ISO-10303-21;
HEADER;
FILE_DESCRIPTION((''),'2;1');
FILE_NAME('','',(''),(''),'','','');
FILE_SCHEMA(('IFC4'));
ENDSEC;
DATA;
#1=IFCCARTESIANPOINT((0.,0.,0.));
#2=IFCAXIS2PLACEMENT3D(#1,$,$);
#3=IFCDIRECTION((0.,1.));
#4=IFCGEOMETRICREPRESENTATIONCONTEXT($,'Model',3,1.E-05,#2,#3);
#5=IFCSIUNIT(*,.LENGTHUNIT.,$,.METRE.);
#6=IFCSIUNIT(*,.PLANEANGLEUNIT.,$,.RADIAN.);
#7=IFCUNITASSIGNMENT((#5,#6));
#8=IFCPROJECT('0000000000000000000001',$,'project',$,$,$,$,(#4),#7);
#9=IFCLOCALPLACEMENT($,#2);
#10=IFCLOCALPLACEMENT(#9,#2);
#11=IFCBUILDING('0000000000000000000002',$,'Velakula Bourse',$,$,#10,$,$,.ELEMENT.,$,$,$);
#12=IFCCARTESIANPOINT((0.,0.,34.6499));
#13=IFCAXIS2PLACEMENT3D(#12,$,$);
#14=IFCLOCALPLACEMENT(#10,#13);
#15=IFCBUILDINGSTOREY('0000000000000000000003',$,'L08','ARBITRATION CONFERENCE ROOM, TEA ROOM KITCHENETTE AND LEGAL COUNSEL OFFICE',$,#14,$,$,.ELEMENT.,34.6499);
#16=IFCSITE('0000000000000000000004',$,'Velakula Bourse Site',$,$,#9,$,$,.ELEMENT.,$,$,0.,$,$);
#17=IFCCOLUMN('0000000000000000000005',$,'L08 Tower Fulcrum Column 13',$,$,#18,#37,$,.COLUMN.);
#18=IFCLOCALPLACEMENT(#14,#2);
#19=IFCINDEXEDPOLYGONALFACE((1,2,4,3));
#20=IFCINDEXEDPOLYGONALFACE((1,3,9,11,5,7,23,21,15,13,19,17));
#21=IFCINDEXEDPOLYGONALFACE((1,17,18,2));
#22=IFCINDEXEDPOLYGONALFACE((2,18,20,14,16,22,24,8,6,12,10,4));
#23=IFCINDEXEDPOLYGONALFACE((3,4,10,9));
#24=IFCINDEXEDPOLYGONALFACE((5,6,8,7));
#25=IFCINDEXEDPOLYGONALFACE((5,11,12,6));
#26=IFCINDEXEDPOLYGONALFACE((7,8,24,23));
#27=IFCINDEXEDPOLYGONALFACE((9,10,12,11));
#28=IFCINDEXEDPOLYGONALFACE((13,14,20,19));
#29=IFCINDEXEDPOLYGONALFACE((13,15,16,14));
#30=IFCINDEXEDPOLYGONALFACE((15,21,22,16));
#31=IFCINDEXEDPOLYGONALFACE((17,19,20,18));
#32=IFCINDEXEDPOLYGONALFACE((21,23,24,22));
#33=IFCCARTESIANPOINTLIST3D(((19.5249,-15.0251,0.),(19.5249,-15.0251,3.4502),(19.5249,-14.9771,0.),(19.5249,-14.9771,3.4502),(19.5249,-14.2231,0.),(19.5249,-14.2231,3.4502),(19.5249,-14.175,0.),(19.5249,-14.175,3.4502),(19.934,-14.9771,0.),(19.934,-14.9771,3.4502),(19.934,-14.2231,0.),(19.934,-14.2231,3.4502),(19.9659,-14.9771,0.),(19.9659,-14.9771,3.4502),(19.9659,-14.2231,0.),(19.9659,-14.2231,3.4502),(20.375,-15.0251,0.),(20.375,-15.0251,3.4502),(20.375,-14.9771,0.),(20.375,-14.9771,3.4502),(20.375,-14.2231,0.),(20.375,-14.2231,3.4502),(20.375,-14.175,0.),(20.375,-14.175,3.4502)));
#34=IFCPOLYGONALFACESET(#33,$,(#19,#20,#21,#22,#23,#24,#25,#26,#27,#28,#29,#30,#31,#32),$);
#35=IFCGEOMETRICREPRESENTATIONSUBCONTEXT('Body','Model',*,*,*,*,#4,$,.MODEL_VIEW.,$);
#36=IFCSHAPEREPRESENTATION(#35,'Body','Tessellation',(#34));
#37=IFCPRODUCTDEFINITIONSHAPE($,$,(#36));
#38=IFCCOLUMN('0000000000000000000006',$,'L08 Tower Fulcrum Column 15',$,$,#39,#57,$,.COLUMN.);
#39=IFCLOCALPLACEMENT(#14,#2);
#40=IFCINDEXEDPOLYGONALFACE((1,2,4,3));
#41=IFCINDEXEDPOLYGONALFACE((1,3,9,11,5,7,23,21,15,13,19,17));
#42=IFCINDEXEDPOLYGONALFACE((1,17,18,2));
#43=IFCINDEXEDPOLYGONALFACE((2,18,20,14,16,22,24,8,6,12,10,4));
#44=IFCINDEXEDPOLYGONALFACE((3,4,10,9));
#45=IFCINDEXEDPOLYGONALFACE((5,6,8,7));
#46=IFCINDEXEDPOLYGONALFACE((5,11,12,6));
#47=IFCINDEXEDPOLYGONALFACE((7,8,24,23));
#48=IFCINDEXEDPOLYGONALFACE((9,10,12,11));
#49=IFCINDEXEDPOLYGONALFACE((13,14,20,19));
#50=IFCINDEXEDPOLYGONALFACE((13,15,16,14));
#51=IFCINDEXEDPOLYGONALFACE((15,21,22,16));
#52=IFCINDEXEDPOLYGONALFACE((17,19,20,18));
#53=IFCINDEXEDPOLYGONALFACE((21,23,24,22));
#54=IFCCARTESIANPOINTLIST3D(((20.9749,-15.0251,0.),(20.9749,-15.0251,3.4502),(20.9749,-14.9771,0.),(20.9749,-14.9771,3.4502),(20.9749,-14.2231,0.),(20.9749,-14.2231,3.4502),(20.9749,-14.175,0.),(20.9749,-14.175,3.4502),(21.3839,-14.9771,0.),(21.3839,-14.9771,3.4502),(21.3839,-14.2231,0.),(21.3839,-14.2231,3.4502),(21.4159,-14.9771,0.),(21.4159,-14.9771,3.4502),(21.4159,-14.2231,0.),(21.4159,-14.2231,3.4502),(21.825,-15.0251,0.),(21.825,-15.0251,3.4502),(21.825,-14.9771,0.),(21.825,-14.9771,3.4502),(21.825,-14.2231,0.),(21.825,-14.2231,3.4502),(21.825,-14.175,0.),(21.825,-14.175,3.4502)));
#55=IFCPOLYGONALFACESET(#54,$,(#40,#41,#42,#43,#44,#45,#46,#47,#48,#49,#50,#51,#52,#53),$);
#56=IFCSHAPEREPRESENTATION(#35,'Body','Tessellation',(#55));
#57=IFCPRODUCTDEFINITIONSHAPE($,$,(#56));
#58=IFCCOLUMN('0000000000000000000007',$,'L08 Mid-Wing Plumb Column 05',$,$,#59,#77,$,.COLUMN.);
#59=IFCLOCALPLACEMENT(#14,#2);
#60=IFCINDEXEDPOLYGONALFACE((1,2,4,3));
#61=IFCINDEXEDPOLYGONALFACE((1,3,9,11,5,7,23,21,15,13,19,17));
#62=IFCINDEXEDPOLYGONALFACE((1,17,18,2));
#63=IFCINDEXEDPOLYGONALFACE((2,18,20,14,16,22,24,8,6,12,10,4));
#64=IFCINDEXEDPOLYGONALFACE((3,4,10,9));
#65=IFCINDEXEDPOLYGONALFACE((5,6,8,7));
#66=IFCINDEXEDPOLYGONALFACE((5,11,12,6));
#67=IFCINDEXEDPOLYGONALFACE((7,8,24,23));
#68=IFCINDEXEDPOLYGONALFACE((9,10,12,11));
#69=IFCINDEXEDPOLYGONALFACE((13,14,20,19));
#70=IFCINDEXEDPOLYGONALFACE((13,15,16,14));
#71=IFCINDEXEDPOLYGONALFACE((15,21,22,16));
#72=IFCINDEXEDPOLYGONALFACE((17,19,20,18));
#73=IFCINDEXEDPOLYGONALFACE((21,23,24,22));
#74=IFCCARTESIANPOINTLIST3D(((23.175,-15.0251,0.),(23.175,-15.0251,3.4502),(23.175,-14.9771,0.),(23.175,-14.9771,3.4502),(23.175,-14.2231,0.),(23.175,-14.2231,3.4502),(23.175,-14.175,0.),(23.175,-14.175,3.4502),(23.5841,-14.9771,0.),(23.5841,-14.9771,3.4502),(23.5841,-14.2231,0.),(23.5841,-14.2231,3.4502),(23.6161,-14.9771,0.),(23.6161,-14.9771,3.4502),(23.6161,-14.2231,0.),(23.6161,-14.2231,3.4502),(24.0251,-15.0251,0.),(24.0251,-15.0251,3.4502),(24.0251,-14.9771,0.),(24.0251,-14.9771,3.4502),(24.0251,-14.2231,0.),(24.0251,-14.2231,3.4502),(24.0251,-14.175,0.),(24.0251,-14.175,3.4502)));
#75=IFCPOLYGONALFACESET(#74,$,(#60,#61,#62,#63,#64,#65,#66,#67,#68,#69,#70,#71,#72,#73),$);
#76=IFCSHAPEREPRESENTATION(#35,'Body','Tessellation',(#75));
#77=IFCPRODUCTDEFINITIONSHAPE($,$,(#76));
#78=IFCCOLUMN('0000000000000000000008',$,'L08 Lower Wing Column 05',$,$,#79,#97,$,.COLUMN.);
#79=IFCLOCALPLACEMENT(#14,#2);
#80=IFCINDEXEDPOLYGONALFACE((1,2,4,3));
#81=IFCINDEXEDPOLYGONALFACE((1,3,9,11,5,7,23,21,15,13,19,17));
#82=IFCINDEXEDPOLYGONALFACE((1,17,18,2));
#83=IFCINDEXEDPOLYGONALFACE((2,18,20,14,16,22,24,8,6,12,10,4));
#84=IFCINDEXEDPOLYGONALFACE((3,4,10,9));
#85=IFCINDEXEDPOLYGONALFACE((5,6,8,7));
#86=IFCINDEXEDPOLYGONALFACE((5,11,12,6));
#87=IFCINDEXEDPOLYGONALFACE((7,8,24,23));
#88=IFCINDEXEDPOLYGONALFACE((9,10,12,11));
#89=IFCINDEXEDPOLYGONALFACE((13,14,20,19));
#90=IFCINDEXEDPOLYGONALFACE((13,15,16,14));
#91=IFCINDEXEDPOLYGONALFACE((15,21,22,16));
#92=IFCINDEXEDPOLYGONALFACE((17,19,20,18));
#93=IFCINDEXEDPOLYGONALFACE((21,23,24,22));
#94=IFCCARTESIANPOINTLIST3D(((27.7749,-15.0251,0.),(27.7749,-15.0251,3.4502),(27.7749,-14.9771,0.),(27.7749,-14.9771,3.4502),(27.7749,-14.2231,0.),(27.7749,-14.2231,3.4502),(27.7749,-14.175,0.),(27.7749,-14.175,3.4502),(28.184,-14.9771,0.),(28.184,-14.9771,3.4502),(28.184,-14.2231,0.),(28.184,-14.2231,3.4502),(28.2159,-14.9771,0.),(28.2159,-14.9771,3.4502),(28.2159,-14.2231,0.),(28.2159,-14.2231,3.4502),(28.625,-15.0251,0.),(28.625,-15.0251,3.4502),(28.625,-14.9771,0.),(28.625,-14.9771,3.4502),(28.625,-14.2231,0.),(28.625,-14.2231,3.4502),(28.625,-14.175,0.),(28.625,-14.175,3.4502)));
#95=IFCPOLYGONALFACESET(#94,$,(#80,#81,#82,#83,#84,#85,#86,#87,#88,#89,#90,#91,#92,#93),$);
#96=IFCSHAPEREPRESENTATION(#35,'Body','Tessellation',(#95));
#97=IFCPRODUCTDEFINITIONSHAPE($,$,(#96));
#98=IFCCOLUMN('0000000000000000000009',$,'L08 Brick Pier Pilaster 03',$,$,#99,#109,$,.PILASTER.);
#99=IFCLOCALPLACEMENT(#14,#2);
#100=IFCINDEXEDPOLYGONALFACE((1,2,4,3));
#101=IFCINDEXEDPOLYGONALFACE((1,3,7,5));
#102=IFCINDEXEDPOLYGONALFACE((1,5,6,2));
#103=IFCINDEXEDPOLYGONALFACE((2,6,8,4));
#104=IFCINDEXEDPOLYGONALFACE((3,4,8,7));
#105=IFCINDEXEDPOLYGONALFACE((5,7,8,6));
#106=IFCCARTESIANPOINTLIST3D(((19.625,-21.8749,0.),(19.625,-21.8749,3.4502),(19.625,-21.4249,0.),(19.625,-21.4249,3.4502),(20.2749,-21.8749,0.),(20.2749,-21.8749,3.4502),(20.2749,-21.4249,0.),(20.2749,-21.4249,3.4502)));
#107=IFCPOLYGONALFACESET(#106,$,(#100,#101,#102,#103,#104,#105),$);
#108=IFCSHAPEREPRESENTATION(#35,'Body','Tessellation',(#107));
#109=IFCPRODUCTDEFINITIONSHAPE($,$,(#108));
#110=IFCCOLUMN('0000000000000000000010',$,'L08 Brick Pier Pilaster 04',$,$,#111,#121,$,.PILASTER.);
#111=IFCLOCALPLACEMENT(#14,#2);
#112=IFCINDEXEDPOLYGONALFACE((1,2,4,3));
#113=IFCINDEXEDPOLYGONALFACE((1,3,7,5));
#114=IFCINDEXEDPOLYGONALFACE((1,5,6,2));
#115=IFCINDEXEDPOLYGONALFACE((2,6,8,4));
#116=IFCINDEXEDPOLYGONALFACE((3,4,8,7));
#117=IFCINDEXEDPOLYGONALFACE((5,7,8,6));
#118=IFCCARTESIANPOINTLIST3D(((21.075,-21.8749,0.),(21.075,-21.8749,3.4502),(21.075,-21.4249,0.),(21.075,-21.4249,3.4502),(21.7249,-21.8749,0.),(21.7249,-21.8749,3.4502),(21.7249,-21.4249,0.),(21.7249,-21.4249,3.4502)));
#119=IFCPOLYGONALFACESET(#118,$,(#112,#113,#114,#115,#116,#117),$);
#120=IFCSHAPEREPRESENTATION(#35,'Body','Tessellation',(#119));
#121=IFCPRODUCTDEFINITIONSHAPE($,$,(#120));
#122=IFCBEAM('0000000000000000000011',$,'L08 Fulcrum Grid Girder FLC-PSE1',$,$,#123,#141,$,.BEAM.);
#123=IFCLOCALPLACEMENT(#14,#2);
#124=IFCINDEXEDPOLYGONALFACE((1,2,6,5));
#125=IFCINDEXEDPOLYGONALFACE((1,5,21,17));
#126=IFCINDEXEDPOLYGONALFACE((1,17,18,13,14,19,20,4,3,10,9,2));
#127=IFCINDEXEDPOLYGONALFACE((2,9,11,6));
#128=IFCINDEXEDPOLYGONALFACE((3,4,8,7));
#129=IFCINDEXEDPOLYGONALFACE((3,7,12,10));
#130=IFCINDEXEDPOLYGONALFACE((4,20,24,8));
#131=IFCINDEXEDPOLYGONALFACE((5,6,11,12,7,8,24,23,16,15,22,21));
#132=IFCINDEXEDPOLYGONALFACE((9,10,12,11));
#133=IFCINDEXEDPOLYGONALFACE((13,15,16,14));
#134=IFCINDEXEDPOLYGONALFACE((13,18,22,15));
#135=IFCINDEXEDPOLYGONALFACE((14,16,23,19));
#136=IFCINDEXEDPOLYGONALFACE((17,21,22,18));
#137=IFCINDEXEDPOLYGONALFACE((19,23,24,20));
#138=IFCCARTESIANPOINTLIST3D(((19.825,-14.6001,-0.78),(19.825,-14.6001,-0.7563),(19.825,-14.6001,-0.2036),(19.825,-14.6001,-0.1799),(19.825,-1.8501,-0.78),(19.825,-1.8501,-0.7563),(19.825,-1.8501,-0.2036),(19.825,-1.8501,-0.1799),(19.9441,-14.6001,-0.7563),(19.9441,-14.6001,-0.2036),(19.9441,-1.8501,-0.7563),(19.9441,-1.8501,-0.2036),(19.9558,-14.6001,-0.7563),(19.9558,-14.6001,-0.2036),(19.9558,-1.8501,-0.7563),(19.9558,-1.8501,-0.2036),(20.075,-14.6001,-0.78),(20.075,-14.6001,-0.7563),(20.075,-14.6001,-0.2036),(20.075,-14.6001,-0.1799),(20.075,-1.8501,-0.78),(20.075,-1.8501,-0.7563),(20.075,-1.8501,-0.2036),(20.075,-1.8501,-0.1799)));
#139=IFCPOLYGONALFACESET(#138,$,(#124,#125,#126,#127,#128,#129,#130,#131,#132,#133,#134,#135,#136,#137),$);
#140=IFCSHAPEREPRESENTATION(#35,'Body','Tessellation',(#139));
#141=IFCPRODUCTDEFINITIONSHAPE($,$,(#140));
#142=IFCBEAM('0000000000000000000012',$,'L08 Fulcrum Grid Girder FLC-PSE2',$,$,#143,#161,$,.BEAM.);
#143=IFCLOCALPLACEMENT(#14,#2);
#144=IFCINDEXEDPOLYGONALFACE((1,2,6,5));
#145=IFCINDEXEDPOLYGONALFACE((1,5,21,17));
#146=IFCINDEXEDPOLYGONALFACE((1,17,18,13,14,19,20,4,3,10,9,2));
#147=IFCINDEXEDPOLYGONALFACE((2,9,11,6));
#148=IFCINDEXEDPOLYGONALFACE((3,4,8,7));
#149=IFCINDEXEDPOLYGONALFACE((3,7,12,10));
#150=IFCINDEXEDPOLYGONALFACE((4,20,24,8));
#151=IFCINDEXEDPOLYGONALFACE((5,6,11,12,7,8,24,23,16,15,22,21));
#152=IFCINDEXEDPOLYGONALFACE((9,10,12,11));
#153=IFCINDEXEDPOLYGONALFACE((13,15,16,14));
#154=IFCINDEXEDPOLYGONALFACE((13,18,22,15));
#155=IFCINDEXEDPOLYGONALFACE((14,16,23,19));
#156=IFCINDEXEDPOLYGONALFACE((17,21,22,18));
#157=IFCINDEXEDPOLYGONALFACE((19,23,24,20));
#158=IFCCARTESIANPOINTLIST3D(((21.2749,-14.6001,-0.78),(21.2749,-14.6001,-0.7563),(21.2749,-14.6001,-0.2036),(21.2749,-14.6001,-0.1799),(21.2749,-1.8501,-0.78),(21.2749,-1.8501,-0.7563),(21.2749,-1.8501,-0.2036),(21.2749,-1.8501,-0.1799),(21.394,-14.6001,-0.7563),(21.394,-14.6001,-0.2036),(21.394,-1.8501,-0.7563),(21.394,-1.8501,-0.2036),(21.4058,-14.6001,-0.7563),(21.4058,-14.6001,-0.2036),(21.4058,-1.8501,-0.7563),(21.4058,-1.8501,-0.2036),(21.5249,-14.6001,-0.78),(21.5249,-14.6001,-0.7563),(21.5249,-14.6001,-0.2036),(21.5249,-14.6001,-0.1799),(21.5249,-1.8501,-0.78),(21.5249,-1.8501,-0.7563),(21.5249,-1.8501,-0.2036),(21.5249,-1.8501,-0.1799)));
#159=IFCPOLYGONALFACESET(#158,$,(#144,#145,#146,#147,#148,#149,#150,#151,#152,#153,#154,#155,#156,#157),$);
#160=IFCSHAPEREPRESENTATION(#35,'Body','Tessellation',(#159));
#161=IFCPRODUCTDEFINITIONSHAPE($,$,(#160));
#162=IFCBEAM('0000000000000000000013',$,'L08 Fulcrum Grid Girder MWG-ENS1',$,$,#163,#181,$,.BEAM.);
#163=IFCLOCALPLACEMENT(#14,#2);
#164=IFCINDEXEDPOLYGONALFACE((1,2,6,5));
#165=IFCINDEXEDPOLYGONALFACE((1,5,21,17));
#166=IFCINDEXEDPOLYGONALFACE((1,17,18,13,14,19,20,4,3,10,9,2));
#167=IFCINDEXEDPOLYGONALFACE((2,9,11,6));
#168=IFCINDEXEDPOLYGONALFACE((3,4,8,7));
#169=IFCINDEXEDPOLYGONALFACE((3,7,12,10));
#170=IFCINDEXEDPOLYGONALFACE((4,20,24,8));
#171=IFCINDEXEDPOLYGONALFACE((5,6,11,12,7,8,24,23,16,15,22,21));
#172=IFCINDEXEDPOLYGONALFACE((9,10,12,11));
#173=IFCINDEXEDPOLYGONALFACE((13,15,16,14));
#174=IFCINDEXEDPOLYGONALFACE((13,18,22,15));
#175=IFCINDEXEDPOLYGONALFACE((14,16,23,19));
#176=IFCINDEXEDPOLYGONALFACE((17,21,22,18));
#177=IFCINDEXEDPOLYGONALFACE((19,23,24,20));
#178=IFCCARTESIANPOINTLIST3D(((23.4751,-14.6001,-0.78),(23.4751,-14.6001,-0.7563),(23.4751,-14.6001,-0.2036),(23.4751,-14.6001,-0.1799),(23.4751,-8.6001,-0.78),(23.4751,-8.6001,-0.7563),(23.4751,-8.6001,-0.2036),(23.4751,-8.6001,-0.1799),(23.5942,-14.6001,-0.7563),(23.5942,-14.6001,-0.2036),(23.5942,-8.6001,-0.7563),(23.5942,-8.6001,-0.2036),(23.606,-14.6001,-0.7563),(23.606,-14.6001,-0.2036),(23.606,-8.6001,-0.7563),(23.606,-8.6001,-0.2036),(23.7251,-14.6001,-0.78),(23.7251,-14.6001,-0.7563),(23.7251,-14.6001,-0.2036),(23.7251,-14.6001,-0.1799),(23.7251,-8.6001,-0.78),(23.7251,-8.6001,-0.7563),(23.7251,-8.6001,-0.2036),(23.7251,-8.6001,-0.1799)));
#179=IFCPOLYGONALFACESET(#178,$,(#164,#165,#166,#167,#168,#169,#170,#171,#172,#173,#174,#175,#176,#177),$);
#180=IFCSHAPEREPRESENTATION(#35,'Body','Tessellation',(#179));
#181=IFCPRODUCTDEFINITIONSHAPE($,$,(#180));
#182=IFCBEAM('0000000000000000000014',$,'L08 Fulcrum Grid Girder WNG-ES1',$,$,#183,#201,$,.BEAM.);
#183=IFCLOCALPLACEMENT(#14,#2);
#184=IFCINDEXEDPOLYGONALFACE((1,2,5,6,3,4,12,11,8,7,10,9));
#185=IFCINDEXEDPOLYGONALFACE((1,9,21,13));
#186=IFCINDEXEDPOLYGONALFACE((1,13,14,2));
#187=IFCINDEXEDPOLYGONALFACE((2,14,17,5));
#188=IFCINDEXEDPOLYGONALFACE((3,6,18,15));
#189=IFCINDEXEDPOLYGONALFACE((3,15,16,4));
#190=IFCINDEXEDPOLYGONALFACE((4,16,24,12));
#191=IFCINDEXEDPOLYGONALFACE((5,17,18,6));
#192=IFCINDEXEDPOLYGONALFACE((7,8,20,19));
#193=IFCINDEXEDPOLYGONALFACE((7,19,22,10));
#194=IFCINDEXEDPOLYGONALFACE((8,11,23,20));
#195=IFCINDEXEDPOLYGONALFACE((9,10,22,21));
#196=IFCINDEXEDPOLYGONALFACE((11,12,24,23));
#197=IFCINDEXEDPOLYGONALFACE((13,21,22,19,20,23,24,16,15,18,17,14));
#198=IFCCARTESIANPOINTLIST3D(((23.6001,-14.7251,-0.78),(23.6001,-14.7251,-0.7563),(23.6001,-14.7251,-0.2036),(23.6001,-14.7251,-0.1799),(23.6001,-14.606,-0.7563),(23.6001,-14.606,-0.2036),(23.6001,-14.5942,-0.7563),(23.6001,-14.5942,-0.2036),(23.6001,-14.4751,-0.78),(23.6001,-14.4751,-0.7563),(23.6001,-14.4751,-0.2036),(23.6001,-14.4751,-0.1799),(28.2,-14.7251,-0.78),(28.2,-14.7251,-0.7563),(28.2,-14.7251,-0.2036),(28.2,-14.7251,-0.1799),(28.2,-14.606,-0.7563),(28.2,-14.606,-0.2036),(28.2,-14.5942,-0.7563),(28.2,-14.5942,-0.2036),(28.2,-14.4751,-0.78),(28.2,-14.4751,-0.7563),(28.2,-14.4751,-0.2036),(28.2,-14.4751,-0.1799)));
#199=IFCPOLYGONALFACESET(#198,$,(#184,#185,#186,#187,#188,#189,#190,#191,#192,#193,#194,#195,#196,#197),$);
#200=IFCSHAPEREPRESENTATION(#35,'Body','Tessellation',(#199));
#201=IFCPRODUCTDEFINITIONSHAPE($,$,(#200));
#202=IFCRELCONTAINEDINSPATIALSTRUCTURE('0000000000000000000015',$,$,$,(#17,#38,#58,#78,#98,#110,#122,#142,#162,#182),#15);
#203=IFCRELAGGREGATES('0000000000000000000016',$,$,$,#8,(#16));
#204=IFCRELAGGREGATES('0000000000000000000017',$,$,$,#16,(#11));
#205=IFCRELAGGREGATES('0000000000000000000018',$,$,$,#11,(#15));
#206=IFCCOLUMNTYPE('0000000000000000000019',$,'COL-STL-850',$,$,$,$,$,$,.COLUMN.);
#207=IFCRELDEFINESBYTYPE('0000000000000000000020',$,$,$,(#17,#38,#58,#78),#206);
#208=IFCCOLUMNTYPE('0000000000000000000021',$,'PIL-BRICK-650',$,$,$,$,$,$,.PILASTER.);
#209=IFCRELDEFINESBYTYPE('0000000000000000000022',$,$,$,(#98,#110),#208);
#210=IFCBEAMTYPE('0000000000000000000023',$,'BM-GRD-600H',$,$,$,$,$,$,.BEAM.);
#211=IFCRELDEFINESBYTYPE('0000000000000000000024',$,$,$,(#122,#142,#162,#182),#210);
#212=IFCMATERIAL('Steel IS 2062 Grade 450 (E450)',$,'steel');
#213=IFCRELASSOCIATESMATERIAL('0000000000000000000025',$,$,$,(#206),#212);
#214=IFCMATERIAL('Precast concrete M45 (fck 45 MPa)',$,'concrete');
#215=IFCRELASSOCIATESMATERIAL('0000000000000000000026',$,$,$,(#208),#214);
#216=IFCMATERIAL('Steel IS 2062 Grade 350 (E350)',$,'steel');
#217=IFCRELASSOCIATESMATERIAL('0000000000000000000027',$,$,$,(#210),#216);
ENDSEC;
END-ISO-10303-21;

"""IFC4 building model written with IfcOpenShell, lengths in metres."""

from ifc_helpers import new_model, si_unit, direction, frame, origin, origin_2d, place, context, subcontext, project, spatial, rectangle, i_section, extrude, material, material_profile, profile_set, type_object, element, save


model = new_model("IFC4")

# Units and contexts
model_context = context("Model", 3, precision=1e-05, world=origin(), true_north=direction((0.0, 1.0)))
body_context = subcontext(model_context, "Body", "Model", "MODEL_VIEW")
ifc_project = project(units=[si_unit("LENGTHUNIT", "METRE"), si_unit("PLANEANGLEUNIT", "RADIAN")], contexts=[model_context])

# Site, building, storey
site_placement = place(None, origin())
site = spatial("IfcSite", under=ifc_project, at=site_placement, Name="Velakula Bourse Site", CompositionType="ELEMENT", RefElevation=0.0)
building_placement = place(site_placement, origin())
building = spatial("IfcBuilding", under=site, at=building_placement, Name="Velakula Bourse", CompositionType="ELEMENT")
storey_placement = place(building_placement, frame((0.0, 0.0, 34.6499)))
storey = spatial("IfcBuildingStorey", under=building, at=storey_placement, Name="L08", Description="ARBITRATION CONFERENCE ROOM, TEA ROOM KITCHENETTE AND LEGAL COUNSEL OFFICE", CompositionType="ELEMENT", Elevation=34.6499)

# Columns
ifc_material_1 = material(Name="Steel IS 2062 Grade 450 (E450)", Category="steel")
ifc_material_profile_1 = material_profile(ifc_material_1, i_section(OverallWidth=0.8501, OverallDepth=0.8501, WebThickness=0.032, FlangeThickness=0.0481, at=origin_2d()), Name="Steel IS 2062 Grade 450 (E450)")
ifc_profile_set_1 = profile_set([ifc_material_profile_1], Name="Steel IS 2062 Grade 450 (E450)")
column_type_1 = type_object("IfcColumnType", Name="COL-STL-850", PredefinedType="COLUMN", material=ifc_profile_set_1)
for number, where, z_axis, x_axis, name in (
    (1, (19.95, -14.6001, 0.0), (0.0, 0.0, 1.0), (1.0, 0.0, 0.0), "L08 Tower Fulcrum Column 13"),
    (2, (21.3999, -14.6001, 0.0), (0.0, 0.0, 1.0), (1.0, 0.0, 0.0), "L08 Tower Fulcrum Column 15"),
    (3, (23.6001, -14.6001, 0.0), (0.0, 0.0, 1.0), (1.0, 0.0, 0.0), "L08 Mid-Wing Plumb Column 05"),
    (4, (28.2, -14.6001, 0.0), (0.0, 0.0, 1.0), (1.0, 0.0, 0.0), "L08 Lower Wing Column 05"),
):
    element("IfcColumn", number, at=place(storey_placement, frame(where, z_axis=z_axis, x_axis=x_axis)), inside=storey, type_object=column_type_1, Name=name, PredefinedType="COLUMN", context=body_context, shape_type="SweptSolid", body=[
        extrude(i_section(OverallWidth=0.8501, OverallDepth=0.8501, WebThickness=0.032, FlangeThickness=0.0481, at=origin_2d()), origin(), (0.0, 0.0, 1.0), 3.4502),
    ])
ifc_material_2 = material(Name="Precast concrete M45 (fck 45 MPa)", Category="concrete")
ifc_material_profile_2 = material_profile(ifc_material_2, rectangle(XDim=0.6499, YDim=0.45, at=origin_2d()), Name="Precast concrete M45 (fck 45 MPa)")
ifc_profile_set_2 = profile_set([ifc_material_profile_2], Name="Precast concrete M45 (fck 45 MPa)")
column_type_2 = type_object("IfcColumnType", Name="PIL-BRICK-650", PredefinedType="PILASTER", material=ifc_profile_set_2)
for number, where, z_axis, x_axis, name in (
    (5, (19.95, -21.6499, 0.0), (0.0, 0.0, 1.0), (1.0, 0.0, 0.0), "L08 Brick Pier Pilaster 03"),
    (6, (21.3999, -21.6499, 0.0), (0.0, 0.0, 1.0), (1.0, 0.0, 0.0), "L08 Brick Pier Pilaster 04"),
):
    element("IfcColumn", number, at=place(storey_placement, frame(where, z_axis=z_axis, x_axis=x_axis)), inside=storey, type_object=column_type_2, Name=name, PredefinedType="PILASTER", context=body_context, shape_type="SweptSolid", body=[
        extrude(rectangle(XDim=0.6499, YDim=0.45, at=origin_2d()), origin(), (0.0, 0.0, 1.0), 3.4502),
    ])

# Beams
ifc_material_3 = material(Name="Steel IS 2062 Grade 350 (E350)", Category="steel")
ifc_material_profile_3 = material_profile(ifc_material_3, i_section(OverallWidth=0.25, OverallDepth=0.6001, WebThickness=0.0117, FlangeThickness=0.0237, at=origin_2d()), Name="Steel IS 2062 Grade 350 (E350)")
ifc_profile_set_3 = profile_set([ifc_material_profile_3], Name="Steel IS 2062 Grade 350 (E350)")
beam_type_1 = type_object("IfcBeamType", Name="BM-GRD-600H", PredefinedType="BEAM", material=ifc_profile_set_3)
for number, where, z_axis, x_axis, name in (
    (7, (19.95, -14.6001, -0.48), (0.0, 1.0, 0.0), (-1.0, 0.0, 0.0), "L08 Fulcrum Grid Girder FLC-PSE1"),
    (8, (21.3999, -14.6001, -0.48), (0.0, 1.0, 0.0), (-1.0, 0.0, 0.0), "L08 Fulcrum Grid Girder FLC-PSE2"),
):
    element("IfcBeam", number, at=place(storey_placement, frame(where, z_axis=z_axis, x_axis=x_axis)), inside=storey, type_object=beam_type_1, Name=name, PredefinedType="BEAM", context=body_context, shape_type="SweptSolid", body=[
        extrude(i_section(OverallWidth=0.25, OverallDepth=0.6001, WebThickness=0.0117, FlangeThickness=0.0237, at=origin_2d()), origin(), (0.0, 0.0, 1.0), 12.75),
    ])
beam_1_placement = place(storey_placement, frame((23.6001, -14.6001, -0.48), z_axis=(0.0, 1.0, 0.0), x_axis=(-1.0, 0.0, 0.0)))
element("IfcBeam", 9, at=beam_1_placement, inside=storey, type_object=beam_type_1, Name="L08 Fulcrum Grid Girder MWG-ENS1", PredefinedType="BEAM", context=body_context, shape_type="SweptSolid", body=[
    extrude(i_section(OverallWidth=0.25, OverallDepth=0.6001, WebThickness=0.0117, FlangeThickness=0.0237, at=origin_2d()), origin(), (0.0, 0.0, 1.0), 6.0),
])
beam_2_placement = place(storey_placement, frame((23.6001, -14.6001, -0.48), z_axis=(1.0, 0.0, 0.0), x_axis=(0.0, 1.0, 0.0)))
element("IfcBeam", 10, at=beam_2_placement, inside=storey, type_object=beam_type_1, Name="L08 Fulcrum Grid Girder WNG-ES1", PredefinedType="BEAM", context=body_context, shape_type="SweptSolid", body=[
    extrude(i_section(OverallWidth=0.25, OverallDepth=0.6001, WebThickness=0.0117, FlangeThickness=0.0237, at=origin_2d()), origin(), (0.0, 0.0, 1.0), 4.5999),
])

save(model, "model.ifc")
